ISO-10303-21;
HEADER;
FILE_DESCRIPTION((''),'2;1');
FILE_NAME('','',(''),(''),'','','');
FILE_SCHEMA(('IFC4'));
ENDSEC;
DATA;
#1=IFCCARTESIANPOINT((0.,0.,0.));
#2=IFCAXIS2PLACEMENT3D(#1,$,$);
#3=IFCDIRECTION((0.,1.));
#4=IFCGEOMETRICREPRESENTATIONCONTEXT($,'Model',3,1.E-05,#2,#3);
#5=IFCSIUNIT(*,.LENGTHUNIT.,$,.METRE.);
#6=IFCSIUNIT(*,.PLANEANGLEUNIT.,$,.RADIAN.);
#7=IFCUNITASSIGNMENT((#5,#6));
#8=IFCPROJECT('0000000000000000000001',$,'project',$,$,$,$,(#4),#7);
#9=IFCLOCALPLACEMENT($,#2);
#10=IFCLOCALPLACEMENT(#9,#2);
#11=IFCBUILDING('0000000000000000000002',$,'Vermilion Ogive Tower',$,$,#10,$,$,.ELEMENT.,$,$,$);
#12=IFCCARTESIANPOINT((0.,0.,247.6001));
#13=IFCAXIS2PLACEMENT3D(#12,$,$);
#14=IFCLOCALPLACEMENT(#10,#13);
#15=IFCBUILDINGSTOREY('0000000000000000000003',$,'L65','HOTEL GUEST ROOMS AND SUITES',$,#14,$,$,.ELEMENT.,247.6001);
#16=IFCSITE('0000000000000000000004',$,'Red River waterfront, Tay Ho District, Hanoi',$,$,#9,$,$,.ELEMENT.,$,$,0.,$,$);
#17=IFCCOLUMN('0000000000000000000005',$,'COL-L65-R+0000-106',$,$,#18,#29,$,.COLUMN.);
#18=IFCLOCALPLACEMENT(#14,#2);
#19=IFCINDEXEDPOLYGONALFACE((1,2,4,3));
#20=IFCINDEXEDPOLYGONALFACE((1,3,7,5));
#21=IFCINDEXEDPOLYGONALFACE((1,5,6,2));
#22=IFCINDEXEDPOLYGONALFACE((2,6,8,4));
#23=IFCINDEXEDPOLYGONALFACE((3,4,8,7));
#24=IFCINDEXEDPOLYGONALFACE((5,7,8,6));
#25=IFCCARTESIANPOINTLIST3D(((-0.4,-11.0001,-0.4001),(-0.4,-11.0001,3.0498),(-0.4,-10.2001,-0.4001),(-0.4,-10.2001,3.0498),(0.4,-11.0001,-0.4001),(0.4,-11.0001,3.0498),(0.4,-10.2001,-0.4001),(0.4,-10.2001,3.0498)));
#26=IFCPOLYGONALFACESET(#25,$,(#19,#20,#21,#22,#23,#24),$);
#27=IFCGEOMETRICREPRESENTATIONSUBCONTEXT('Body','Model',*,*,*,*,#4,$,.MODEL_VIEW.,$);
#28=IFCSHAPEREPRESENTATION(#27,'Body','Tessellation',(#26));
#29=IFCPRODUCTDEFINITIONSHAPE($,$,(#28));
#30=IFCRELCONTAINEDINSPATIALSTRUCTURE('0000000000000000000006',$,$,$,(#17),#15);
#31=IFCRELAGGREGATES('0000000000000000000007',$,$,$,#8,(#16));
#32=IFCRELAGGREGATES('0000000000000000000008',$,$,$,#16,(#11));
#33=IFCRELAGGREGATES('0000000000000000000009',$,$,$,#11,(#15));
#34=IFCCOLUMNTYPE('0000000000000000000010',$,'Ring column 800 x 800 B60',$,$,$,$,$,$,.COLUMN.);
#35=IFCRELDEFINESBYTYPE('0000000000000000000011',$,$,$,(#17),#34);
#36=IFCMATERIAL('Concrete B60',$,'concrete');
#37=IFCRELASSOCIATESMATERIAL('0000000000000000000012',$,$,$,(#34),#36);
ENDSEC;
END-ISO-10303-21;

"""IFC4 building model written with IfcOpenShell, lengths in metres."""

from ifc_helpers import new_model, si_unit, direction, frame, origin, origin_2d, place, context, subcontext, project, spatial, rectangle, extrude, material, material_profile, profile_set, type_object, element, save


model = new_model("IFC4")

# Units and contexts
model_context = context("Model", 3, precision=1e-05, world=origin(), true_north=direction((0.0, 1.0)))
body_context = subcontext(model_context, "Body", "Model", "MODEL_VIEW")
ifc_project = project(units=[si_unit("LENGTHUNIT", "METRE"), si_unit("PLANEANGLEUNIT", "RADIAN")], contexts=[model_context])

# Site, building, storey
site_placement = place(None, origin())
site = spatial("IfcSite", under=ifc_project, at=site_placement, Name="Red River waterfront, Tay Ho District, Hanoi", CompositionType="ELEMENT", RefElevation=0.0)
building_placement = place(site_placement, origin())
building = spatial("IfcBuilding", under=site, at=building_placement, Name="Vermilion Ogive Tower", CompositionType="ELEMENT")
storey_placement = place(building_placement, frame((0.0, 0.0, 247.6001)))
storey = spatial("IfcBuildingStorey", under=building, at=storey_placement, Name="L65", Description="HOTEL GUEST ROOMS AND SUITES", CompositionType="ELEMENT", Elevation=247.6001)

# Column
ifc_material_1 = material(Name="Concrete B60", Category="concrete")
ifc_material_profile = material_profile(ifc_material_1, rectangle(XDim=0.8, YDim=0.8, at=origin_2d()), Name="800 x 800")
ifc_profile_set = profile_set([ifc_material_profile], Name="Concrete B60")
column_type = type_object("IfcColumnType", Name="Ring column 800 x 800 B60", PredefinedType="COLUMN", material=ifc_profile_set)
column_placement = place(storey_placement, frame((0.0, -10.6001, -0.4001), z_axis=(0.0, 0.0, 1.0), x_axis=(1.0, 0.0, 0.0)))
element("IfcColumn", 1, at=column_placement, inside=storey, type_object=column_type, Name="COL-L65-R+0000-106", PredefinedType="COLUMN", context=body_context, shape_type="SweptSolid", body=[
    extrude(rectangle(XDim=0.8, YDim=0.8, at=origin_2d()), origin(), (0.0, 0.0, 1.0), 3.45),
])

save(model, "model.ifc")
